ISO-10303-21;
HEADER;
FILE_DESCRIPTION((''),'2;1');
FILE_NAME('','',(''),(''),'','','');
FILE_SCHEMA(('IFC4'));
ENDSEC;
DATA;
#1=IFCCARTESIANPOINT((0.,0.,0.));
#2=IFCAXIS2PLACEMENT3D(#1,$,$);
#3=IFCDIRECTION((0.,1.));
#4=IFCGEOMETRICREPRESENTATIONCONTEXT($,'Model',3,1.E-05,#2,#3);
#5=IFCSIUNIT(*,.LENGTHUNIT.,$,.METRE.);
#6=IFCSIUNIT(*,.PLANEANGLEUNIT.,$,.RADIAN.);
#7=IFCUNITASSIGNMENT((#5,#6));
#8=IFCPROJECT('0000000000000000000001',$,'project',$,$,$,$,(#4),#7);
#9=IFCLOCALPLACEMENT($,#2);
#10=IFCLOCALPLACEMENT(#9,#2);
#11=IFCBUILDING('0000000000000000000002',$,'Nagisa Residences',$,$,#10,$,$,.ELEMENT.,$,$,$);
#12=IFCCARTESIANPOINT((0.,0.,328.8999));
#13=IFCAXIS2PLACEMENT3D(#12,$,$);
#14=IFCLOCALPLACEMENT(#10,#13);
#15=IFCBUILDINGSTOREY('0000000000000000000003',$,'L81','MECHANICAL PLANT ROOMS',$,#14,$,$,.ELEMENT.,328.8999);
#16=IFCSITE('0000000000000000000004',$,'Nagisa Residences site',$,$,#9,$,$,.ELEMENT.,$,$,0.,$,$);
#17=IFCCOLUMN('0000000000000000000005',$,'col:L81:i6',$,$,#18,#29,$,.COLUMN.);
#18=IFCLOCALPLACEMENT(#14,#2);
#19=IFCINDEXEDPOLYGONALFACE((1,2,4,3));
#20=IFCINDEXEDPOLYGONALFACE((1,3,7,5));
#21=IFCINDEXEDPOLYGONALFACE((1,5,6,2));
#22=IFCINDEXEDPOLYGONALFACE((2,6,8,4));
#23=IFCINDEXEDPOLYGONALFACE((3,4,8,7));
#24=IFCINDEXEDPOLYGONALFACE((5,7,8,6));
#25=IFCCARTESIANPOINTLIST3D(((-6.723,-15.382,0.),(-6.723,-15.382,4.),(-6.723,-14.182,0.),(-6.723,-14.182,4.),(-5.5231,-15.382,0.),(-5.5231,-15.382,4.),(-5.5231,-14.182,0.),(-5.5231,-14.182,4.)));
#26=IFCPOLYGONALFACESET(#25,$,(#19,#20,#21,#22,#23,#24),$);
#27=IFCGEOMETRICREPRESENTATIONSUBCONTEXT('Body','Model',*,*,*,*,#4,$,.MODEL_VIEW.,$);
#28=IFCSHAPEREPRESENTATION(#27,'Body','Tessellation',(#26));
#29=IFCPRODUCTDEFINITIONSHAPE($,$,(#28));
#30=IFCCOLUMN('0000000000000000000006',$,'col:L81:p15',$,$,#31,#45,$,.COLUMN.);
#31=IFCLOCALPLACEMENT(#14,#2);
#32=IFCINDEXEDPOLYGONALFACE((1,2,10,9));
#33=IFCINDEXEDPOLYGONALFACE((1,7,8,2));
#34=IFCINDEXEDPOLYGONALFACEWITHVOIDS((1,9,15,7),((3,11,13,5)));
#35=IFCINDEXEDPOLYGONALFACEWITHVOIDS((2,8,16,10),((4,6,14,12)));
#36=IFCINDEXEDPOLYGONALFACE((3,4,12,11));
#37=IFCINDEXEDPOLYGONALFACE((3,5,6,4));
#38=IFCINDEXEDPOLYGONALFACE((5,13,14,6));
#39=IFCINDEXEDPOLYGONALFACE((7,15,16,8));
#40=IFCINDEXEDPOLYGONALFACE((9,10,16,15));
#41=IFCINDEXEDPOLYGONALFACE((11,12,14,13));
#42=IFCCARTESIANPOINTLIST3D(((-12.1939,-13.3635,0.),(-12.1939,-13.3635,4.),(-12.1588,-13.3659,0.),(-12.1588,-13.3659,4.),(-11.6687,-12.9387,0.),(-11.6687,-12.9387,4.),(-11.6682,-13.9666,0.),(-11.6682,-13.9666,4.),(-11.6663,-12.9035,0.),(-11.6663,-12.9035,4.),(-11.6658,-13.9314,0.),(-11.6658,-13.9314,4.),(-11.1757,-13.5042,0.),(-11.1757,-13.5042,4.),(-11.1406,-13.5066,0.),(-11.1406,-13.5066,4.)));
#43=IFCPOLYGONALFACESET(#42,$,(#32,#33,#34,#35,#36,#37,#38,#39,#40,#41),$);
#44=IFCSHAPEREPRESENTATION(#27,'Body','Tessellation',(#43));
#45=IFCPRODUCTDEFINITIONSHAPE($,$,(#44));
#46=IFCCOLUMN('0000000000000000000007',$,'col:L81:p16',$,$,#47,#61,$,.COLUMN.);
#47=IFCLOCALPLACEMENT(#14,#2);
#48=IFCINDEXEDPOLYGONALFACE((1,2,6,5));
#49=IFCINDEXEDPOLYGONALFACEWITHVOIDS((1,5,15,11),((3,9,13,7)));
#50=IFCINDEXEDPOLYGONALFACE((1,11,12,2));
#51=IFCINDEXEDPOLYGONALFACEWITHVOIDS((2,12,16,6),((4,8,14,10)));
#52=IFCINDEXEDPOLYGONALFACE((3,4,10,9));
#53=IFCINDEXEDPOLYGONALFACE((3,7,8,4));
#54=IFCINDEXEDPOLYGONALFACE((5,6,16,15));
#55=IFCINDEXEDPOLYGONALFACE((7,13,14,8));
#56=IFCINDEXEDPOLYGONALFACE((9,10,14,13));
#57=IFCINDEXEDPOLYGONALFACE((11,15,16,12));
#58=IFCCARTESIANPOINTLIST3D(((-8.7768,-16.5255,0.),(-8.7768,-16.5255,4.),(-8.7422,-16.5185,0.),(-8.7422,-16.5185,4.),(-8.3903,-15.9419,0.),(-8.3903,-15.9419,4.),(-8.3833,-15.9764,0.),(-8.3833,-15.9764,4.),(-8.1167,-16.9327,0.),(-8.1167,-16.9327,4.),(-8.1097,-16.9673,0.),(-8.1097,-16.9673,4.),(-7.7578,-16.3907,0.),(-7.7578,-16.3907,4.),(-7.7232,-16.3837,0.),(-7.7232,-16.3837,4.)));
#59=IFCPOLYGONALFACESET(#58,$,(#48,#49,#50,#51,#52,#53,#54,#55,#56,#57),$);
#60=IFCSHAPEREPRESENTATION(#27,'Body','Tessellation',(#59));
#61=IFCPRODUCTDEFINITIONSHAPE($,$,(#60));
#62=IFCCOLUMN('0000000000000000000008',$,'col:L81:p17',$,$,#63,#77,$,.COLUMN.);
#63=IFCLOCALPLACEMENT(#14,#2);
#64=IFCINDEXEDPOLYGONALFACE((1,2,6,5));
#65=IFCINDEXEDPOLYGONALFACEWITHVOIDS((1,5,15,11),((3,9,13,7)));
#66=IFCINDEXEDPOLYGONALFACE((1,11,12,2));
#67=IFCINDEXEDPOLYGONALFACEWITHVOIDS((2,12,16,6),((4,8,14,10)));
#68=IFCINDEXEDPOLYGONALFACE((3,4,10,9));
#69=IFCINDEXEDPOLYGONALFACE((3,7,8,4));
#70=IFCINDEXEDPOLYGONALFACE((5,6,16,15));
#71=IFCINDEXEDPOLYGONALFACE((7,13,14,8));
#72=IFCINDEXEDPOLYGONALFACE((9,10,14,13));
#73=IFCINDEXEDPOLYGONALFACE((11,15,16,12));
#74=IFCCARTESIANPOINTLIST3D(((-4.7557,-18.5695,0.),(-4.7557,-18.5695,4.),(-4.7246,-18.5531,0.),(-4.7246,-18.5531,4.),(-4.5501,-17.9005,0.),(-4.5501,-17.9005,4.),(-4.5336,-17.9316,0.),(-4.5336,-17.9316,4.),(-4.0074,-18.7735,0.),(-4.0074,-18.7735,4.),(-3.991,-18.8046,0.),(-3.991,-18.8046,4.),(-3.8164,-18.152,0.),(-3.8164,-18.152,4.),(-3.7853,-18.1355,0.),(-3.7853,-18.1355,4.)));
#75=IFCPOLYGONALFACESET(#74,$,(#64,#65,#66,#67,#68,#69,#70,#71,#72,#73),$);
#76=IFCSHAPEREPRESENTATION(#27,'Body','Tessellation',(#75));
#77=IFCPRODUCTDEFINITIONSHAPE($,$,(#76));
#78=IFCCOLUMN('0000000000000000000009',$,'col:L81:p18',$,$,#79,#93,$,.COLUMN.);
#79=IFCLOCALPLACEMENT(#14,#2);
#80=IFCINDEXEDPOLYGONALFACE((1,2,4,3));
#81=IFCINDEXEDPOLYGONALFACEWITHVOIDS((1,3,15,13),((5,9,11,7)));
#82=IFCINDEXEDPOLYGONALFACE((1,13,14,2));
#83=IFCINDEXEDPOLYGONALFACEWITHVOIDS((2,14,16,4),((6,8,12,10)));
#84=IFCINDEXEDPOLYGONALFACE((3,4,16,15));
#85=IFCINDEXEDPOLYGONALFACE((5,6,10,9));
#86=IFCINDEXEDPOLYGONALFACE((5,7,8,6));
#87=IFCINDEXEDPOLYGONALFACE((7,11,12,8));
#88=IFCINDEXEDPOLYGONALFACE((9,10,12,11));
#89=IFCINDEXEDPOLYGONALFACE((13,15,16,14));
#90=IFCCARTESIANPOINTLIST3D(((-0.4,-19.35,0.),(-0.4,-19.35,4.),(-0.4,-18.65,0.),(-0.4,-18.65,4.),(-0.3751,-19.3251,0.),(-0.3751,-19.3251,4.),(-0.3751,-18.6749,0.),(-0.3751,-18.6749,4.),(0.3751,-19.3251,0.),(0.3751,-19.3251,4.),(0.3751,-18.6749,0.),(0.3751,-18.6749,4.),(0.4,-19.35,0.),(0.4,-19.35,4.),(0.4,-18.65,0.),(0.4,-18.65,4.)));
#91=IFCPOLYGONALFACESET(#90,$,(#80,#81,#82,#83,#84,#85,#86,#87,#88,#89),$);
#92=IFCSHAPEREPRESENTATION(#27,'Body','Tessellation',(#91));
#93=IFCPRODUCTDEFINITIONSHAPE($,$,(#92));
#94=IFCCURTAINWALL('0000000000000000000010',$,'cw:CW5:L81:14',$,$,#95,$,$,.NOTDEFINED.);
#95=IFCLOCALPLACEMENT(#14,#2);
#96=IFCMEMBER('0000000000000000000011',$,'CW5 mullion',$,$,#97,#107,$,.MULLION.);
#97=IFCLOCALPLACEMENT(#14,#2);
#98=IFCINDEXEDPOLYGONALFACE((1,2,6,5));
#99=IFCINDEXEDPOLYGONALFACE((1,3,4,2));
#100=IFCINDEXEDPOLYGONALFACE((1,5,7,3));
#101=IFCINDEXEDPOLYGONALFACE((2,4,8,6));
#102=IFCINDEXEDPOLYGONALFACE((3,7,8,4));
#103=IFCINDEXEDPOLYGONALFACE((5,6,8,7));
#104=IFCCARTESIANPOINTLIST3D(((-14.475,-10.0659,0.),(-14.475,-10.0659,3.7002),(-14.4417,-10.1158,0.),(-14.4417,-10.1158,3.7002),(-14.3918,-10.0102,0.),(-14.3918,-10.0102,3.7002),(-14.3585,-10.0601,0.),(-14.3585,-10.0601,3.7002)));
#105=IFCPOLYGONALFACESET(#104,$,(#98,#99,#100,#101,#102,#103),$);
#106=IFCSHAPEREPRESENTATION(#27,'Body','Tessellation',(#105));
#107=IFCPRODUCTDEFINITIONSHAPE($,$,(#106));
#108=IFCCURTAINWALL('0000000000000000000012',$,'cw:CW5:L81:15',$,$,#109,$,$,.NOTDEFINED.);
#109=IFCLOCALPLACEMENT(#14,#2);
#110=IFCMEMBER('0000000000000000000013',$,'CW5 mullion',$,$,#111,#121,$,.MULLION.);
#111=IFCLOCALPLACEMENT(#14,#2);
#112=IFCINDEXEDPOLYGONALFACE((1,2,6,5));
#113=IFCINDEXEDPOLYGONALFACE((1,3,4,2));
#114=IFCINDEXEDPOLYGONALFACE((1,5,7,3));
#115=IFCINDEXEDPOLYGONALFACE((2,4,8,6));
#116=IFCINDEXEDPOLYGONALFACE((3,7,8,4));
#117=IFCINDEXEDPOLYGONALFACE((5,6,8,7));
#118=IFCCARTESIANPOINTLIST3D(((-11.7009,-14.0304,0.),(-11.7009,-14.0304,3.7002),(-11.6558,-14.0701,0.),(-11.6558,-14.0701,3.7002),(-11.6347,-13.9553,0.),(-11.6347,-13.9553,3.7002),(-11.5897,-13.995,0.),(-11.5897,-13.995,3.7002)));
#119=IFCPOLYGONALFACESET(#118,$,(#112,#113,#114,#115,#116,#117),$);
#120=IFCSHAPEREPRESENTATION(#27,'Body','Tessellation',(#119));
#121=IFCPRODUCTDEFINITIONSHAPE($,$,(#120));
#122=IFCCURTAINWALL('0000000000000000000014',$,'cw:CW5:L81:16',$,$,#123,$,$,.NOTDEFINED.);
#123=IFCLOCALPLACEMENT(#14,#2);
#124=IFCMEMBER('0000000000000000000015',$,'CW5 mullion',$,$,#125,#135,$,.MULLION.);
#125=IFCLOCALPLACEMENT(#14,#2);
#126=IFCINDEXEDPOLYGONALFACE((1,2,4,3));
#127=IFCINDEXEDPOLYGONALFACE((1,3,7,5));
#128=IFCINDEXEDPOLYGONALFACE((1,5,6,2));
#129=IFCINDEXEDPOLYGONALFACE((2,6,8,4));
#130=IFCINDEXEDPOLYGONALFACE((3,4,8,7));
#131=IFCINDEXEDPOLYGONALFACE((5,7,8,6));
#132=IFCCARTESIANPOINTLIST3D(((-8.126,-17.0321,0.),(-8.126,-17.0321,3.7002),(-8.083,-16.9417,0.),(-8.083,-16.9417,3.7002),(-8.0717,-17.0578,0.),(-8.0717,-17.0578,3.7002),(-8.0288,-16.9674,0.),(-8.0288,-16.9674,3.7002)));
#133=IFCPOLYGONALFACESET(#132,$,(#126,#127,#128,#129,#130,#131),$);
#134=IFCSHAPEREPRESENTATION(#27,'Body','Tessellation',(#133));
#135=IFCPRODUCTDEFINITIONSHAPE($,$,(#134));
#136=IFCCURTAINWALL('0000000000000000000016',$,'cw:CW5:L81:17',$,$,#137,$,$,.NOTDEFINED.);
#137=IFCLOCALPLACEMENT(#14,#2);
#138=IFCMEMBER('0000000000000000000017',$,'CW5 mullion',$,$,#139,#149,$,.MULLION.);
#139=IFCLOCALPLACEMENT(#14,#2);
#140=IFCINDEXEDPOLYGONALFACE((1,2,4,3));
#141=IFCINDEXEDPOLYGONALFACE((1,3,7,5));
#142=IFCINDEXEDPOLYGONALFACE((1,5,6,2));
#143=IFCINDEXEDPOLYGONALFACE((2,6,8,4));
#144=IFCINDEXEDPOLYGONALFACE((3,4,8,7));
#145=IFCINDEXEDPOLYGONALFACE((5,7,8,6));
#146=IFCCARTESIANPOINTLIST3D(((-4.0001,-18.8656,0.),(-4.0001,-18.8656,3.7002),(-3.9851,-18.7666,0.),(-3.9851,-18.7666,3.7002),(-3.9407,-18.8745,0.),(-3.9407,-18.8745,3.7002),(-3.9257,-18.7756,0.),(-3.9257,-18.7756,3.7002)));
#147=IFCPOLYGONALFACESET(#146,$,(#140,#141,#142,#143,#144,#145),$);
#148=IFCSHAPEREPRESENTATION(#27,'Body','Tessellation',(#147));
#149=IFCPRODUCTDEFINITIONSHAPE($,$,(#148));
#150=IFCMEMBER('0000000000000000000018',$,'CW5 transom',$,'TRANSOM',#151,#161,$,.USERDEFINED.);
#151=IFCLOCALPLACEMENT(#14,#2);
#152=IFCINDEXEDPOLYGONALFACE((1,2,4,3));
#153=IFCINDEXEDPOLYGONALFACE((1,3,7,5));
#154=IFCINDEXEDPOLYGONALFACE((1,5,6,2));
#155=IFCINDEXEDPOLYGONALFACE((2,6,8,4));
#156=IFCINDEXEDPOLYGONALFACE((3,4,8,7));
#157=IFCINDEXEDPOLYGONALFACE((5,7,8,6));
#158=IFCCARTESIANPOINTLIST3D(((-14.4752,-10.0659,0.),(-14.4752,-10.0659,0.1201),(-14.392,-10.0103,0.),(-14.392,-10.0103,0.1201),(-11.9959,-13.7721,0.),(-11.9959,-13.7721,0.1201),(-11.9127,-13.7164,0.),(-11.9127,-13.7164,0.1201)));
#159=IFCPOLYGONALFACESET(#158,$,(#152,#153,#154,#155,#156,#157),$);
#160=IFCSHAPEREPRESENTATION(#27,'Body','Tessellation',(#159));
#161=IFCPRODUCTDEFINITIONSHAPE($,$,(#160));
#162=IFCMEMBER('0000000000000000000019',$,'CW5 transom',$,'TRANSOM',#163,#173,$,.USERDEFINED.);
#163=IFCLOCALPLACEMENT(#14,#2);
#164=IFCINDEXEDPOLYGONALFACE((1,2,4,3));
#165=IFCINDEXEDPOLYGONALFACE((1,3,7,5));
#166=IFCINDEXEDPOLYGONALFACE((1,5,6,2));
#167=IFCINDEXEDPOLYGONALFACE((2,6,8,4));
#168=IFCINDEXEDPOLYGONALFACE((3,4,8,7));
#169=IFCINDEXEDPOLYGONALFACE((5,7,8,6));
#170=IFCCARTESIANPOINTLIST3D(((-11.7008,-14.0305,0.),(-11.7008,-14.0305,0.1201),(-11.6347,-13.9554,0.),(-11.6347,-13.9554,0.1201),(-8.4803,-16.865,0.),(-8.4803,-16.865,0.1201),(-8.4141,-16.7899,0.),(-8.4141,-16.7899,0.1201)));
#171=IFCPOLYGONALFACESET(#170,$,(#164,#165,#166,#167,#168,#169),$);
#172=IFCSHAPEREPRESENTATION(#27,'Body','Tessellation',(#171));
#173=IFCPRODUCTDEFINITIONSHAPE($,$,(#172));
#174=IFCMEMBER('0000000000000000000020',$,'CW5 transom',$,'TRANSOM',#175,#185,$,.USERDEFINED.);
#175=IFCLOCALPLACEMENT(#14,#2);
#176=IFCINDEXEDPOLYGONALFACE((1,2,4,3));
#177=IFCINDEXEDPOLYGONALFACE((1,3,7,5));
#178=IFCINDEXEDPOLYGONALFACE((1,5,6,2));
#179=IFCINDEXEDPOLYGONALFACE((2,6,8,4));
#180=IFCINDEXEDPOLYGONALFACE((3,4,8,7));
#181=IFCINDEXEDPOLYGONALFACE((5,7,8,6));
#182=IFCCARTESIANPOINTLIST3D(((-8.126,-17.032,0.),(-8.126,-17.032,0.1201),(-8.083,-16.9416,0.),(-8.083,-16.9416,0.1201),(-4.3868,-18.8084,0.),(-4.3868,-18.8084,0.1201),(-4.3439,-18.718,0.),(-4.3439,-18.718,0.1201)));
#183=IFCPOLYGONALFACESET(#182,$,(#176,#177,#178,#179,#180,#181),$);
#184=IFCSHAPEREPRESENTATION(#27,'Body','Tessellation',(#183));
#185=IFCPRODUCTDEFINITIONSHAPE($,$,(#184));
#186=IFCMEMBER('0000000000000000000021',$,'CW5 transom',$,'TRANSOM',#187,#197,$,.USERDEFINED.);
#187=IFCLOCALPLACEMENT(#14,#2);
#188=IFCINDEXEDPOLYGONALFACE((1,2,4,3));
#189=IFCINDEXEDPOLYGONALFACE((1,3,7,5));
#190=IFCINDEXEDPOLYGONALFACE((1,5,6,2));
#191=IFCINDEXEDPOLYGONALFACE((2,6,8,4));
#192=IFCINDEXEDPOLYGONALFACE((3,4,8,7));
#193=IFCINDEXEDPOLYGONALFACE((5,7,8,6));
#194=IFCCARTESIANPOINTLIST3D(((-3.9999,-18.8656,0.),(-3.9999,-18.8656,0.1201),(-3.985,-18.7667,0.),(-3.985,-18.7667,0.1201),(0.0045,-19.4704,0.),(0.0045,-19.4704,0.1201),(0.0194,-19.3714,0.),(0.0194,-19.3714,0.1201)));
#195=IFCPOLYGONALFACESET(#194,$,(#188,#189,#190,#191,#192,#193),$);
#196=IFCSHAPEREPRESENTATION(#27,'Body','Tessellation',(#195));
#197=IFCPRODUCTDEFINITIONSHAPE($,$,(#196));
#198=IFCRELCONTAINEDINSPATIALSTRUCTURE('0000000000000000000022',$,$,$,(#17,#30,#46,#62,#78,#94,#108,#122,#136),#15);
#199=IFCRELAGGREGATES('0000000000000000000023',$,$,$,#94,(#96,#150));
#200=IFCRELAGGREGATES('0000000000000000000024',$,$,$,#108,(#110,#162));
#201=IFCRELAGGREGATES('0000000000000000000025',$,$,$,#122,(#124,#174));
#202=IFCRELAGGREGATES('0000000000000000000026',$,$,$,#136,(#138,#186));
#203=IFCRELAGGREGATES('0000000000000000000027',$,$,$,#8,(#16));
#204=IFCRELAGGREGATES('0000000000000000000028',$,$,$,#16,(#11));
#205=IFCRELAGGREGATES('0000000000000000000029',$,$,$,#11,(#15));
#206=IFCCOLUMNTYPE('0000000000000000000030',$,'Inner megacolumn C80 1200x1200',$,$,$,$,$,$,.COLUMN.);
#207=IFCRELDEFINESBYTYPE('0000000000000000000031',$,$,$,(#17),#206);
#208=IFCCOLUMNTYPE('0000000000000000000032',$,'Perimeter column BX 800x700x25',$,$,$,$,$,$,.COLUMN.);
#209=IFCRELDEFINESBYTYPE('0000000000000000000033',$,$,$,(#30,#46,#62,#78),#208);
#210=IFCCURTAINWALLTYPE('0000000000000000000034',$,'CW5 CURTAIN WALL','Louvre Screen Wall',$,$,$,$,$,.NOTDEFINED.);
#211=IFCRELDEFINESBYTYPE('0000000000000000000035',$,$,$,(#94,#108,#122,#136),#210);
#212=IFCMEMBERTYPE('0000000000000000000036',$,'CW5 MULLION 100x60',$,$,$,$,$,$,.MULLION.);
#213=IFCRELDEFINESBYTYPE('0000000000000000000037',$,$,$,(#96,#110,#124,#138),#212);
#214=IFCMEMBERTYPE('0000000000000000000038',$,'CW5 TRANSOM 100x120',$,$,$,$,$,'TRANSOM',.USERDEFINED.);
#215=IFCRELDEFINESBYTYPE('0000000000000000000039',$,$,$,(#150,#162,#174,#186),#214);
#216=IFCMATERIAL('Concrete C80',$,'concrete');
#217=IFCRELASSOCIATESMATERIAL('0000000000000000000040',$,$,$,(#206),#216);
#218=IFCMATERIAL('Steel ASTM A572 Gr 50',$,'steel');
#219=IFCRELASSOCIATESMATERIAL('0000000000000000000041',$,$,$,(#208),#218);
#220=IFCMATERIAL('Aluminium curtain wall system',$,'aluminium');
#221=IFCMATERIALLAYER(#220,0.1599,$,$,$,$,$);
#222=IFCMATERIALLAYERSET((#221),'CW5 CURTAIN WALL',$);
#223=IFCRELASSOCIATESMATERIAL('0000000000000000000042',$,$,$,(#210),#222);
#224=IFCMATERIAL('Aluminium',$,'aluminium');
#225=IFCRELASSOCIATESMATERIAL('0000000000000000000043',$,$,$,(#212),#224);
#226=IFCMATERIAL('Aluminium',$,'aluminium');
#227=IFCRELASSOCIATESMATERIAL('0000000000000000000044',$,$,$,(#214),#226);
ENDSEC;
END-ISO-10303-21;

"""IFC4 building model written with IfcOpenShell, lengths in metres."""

from ifc_helpers import new_model, si_unit, direction, frame, origin, origin_2d, place, context, subcontext, project, spatial, rectangle, hollow_rectangle, extrude, material, layer, layer_set, material_profile, profile_set, type_object, element, aggregate, save


model = new_model("IFC4")

# Units and contexts
model_context = context("Model", 3, precision=1e-05, world=origin(), true_north=direction((0.0, 1.0)))
body_context = subcontext(model_context, "Body", "Model", "MODEL_VIEW")
ifc_project = project(units=[si_unit("LENGTHUNIT", "METRE"), si_unit("PLANEANGLEUNIT", "RADIAN")], contexts=[model_context])

# Site, building, storey
site_placement = place(None, origin())
site = spatial("IfcSite", under=ifc_project, at=site_placement, Name="Nagisa Residences site", CompositionType="ELEMENT", RefElevation=0.0)
building_placement = place(site_placement, origin())
building = spatial("IfcBuilding", under=site, at=building_placement, Name="Nagisa Residences", CompositionType="ELEMENT")
storey_placement = place(building_placement, frame((0.0, 0.0, 328.8999)))
storey = spatial("IfcBuildingStorey", under=building, at=storey_placement, Name="L81", Description="MECHANICAL PLANT ROOMS", CompositionType="ELEMENT", Elevation=328.8999)

# Columns
ifc_material_1 = material(Name="Concrete C80", Category="concrete")
ifc_material_profile_1 = material_profile(ifc_material_1, rectangle(XDim=1.2, YDim=1.2, at=origin_2d()), Name="C80 1200x1200")
ifc_profile_set_1 = profile_set([ifc_material_profile_1], Name="Concrete C80")
column_type_1 = type_object("IfcColumnType", Name="Inner megacolumn C80 1200x1200", PredefinedType="COLUMN", material=ifc_profile_set_1)
column_placement = place(storey_placement, frame((-6.123, -14.782, 0.0), z_axis=(0.0, 0.0, 1.0), x_axis=(1.0, 0.0, 0.0)))
element("IfcColumn", 1, at=column_placement, inside=storey, type_object=column_type_1, Name="col:L81:i6", PredefinedType="COLUMN", context=body_context, shape_type="SweptSolid", body=[
    extrude(rectangle(XDim=1.2, YDim=1.2, at=origin_2d()), origin(), (0.0, 0.0, 1.0), 4.0),
])
ifc_material_2 = material(Name="Steel ASTM A572 Gr 50", Category="steel")
ifc_material_profile_2 = material_profile(ifc_material_2, hollow_rectangle(XDim=0.8, YDim=0.7, WallThickness=0.0249, at=origin_2d()), Name="BX 800x700x25")
ifc_profile_set_2 = profile_set([ifc_material_profile_2], Name="Steel ASTM A572 Gr 50")
column_type_2 = type_object("IfcColumnType", Name="Perimeter column BX 800x700x25", PredefinedType="COLUMN", material=ifc_profile_set_2)
for number, where, z_axis, x_axis, name in (
    (2, (-11.6672, -13.4351, 0.0), (0.0, 0.0, 1.0), (0.657135, -0.753773, 0.0), "col:L81:p15"),
    (3, (-8.25, -16.4546, 0.0), (0.0, 0.0, 1.0), (0.833744, -0.552151, 0.0), "col:L81:p16"),
    (4, (-4.2705, -18.3525, 0.0), (0.0, 0.0, 1.0), (0.95587, -0.29379, 0.0), "col:L81:p17"),
    (5, (0.0, -19.0, 0.0), (0.0, 0.0, 1.0), (1.0, 0.0, 0.0), "col:L81:p18"),
):
    element("IfcColumn", number, at=place(storey_placement, frame(where, z_axis=z_axis, x_axis=x_axis)), inside=storey, type_object=column_type_2, Name=name, PredefinedType="COLUMN", context=body_context, shape_type="SweptSolid", body=[
        extrude(hollow_rectangle(XDim=0.8, YDim=0.7, WallThickness=0.0249, at=origin_2d()), origin(), (0.0, 0.0, 1.0), 4.0),
    ])

# Curtain walls, members
ifc_material_3 = material(Name="Aluminium curtain wall system", Category="aluminium")
ifc_layer_1 = layer(ifc_material_3, 0.1599)
ifc_layer_set_1 = layer_set([ifc_layer_1], Name="CW5 CURTAIN WALL")
curtain_wall_type = type_object("IfcCurtainWallType", Name="CW5 CURTAIN WALL", Description="Louvre Screen Wall", PredefinedType="NOTDEFINED", material=ifc_layer_set_1)
curtain_wall_1_placement = place(storey_placement, origin())
curtain_wall_1 = element("IfcCurtainWall", 6, at=curtain_wall_1_placement, inside=storey, type_object=curtain_wall_type, Name="cw:CW5:L81:14", PredefinedType="NOTDEFINED")
ifc_material_4 = material(Name="Aluminium", Category="aluminium")
ifc_material_profile_3 = material_profile(ifc_material_4, rectangle(XDim=0.1001, YDim=0.0601, at=origin_2d()), Name="CW5 MULLION 100x60")
ifc_profile_set_3 = profile_set([ifc_material_profile_3], Name="Aluminium")
member_type_1 = type_object("IfcMemberType", Name="CW5 MULLION 100x60", PredefinedType="MULLION", material=ifc_profile_set_3)
member_1_placement = place(storey_placement, frame((-14.4167, -10.063, 0.0), z_axis=(0.0, 0.0, 1.0), x_axis=(0.831173, 0.556014, 0.0)))
member_1 = element("IfcMember", 7, at=member_1_placement, type_object=member_type_1, Name="CW5 mullion", PredefinedType="MULLION", context=body_context, shape_type="SweptSolid", body=[
    extrude(rectangle(XDim=0.1001, YDim=0.0601, at=origin_2d()), origin(), (0.0, 0.0, 1.0), 3.7002),
])
curtain_wall_2_placement = place(storey_placement, origin())
curtain_wall_2 = element("IfcCurtainWall", 8, at=curtain_wall_2_placement, inside=storey, type_object=curtain_wall_type, Name="cw:CW5:L81:15", PredefinedType="NOTDEFINED")
member_2_placement = place(storey_placement, frame((-11.6453, -14.0127, 0.0), z_axis=(0.0, 0.0, 1.0), x_axis=(0.660699, 0.750651, 0.0)))
member_2 = element("IfcMember", 9, at=member_2_placement, type_object=member_type_1, Name="CW5 mullion", PredefinedType="MULLION", context=body_context, shape_type="SweptSolid", body=[
    extrude(rectangle(XDim=0.1001, YDim=0.0601, at=origin_2d()), origin(), (0.0, 0.0, 1.0), 3.7002),
])
curtain_wall_3_placement = place(storey_placement, origin())
curtain_wall_3 = element("IfcCurtainWall", 10, at=curtain_wall_3_placement, inside=storey, type_object=curtain_wall_type, Name="cw:CW5:L81:16", PredefinedType="NOTDEFINED")
member_3_placement = place(storey_placement, frame((-8.0774, -16.9998, 0.0), z_axis=(0.0, 0.0, 1.0), x_axis=(0.429151, 0.903233, 0.0)))
member_3 = element("IfcMember", 11, at=member_3_placement, type_object=member_type_1, Name="CW5 mullion", PredefinedType="MULLION", context=body_context, shape_type="SweptSolid", body=[
    extrude(rectangle(XDim=0.1001, YDim=0.0601, at=origin_2d()), origin(), (0.0, 0.0, 1.0), 3.7002),
])
curtain_wall_4_placement = place(storey_placement, origin())
curtain_wall_4 = element("IfcCurtainWall", 12, at=curtain_wall_4_placement, inside=storey, type_object=curtain_wall_type, Name="cw:CW5:L81:17", PredefinedType="NOTDEFINED")
member_4_placement = place(storey_placement, frame((-3.9629, -18.8206, 0.0), z_axis=(0.0, 0.0, 1.0), x_axis=(0.14932, 0.988789, 0.0)))
member_4 = element("IfcMember", 13, at=member_4_placement, type_object=member_type_1, Name="CW5 mullion", PredefinedType="MULLION", context=body_context, shape_type="SweptSolid", body=[
    extrude(rectangle(XDim=0.1001, YDim=0.0601, at=origin_2d()), origin(), (0.0, 0.0, 1.0), 3.7002),
])

# Members
ifc_material_5 = material(Name="Aluminium", Category="aluminium")
ifc_material_profile_4 = material_profile(ifc_material_5, rectangle(XDim=0.1001, YDim=0.1201, at=origin_2d()), Name="CW5 TRANSOM 100x120")
ifc_profile_set_4 = profile_set([ifc_material_profile_4], Name="Aluminium")
member_type_2 = type_object("IfcMemberType", Name="CW5 TRANSOM 100x120", ElementType="TRANSOM", PredefinedType="USERDEFINED", material=ifc_profile_set_4)
member_5_placement = place(storey_placement, frame((-14.4336, -10.0381, 0.0601), z_axis=(0.556026, -0.831165, 0.0), x_axis=(0.831165, 0.556026, 0.0)))
member_5 = element("IfcMember", 14, at=member_5_placement, type_object=member_type_2, Name="CW5 transom", ObjectType="TRANSOM", PredefinedType="USERDEFINED", context=body_context, shape_type="SweptSolid", body=[
    extrude(rectangle(XDim=0.1001, YDim=0.1201, at=origin_2d()), origin(), (0.0, 0.0, 1.0), 4.459),
])
member_6_placement = place(storey_placement, frame((-11.6677, -13.9929, 0.0601), z_axis=(0.750659, -0.660689, 0.0), x_axis=(0.660689, 0.750659, 0.0)))
member_6 = element("IfcMember", 15, at=member_6_placement, type_object=member_type_2, Name="CW5 transom", ObjectType="TRANSOM", PredefinedType="USERDEFINED", context=body_context, shape_type="SweptSolid", body=[
    extrude(rectangle(XDim=0.1001, YDim=0.1201, at=origin_2d()), origin(), (0.0, 0.0, 1.0), 4.2903),
])
member_7_placement = place(storey_placement, frame((-8.1045, -16.9868, 0.0601), z_axis=(0.903246, -0.429123, 0.0), x_axis=(0.429123, 0.903246, 0.0)))
member_7 = element("IfcMember", 16, at=member_7_placement, type_object=member_type_2, Name="CW5 transom", ObjectType="TRANSOM", PredefinedType="USERDEFINED", context=body_context, shape_type="SweptSolid", body=[
    extrude(rectangle(XDim=0.1001, YDim=0.1201, at=origin_2d()), origin(), (0.0, 0.0, 1.0), 4.1396),
])
member_8_placement = place(storey_placement, frame((-3.9924, -18.8162, 0.0601), z_axis=(0.988788, -0.149325, 0.0), x_axis=(0.149325, 0.988788, 0.0)))
member_8 = element("IfcMember", 17, at=member_8_placement, type_object=member_type_2, Name="CW5 transom", ObjectType="TRANSOM", PredefinedType="USERDEFINED", context=body_context, shape_type="SweptSolid", body=[
    extrude(rectangle(XDim=0.1001, YDim=0.1201, at=origin_2d()), origin(), (0.0, 0.0, 1.0), 4.0498),
])

aggregate(curtain_wall_1, [member_1, member_5])
aggregate(curtain_wall_2, [member_2, member_6])
aggregate(curtain_wall_3, [member_3, member_7])
aggregate(curtain_wall_4, [member_4, member_8])

save(model, "model.ifc")
